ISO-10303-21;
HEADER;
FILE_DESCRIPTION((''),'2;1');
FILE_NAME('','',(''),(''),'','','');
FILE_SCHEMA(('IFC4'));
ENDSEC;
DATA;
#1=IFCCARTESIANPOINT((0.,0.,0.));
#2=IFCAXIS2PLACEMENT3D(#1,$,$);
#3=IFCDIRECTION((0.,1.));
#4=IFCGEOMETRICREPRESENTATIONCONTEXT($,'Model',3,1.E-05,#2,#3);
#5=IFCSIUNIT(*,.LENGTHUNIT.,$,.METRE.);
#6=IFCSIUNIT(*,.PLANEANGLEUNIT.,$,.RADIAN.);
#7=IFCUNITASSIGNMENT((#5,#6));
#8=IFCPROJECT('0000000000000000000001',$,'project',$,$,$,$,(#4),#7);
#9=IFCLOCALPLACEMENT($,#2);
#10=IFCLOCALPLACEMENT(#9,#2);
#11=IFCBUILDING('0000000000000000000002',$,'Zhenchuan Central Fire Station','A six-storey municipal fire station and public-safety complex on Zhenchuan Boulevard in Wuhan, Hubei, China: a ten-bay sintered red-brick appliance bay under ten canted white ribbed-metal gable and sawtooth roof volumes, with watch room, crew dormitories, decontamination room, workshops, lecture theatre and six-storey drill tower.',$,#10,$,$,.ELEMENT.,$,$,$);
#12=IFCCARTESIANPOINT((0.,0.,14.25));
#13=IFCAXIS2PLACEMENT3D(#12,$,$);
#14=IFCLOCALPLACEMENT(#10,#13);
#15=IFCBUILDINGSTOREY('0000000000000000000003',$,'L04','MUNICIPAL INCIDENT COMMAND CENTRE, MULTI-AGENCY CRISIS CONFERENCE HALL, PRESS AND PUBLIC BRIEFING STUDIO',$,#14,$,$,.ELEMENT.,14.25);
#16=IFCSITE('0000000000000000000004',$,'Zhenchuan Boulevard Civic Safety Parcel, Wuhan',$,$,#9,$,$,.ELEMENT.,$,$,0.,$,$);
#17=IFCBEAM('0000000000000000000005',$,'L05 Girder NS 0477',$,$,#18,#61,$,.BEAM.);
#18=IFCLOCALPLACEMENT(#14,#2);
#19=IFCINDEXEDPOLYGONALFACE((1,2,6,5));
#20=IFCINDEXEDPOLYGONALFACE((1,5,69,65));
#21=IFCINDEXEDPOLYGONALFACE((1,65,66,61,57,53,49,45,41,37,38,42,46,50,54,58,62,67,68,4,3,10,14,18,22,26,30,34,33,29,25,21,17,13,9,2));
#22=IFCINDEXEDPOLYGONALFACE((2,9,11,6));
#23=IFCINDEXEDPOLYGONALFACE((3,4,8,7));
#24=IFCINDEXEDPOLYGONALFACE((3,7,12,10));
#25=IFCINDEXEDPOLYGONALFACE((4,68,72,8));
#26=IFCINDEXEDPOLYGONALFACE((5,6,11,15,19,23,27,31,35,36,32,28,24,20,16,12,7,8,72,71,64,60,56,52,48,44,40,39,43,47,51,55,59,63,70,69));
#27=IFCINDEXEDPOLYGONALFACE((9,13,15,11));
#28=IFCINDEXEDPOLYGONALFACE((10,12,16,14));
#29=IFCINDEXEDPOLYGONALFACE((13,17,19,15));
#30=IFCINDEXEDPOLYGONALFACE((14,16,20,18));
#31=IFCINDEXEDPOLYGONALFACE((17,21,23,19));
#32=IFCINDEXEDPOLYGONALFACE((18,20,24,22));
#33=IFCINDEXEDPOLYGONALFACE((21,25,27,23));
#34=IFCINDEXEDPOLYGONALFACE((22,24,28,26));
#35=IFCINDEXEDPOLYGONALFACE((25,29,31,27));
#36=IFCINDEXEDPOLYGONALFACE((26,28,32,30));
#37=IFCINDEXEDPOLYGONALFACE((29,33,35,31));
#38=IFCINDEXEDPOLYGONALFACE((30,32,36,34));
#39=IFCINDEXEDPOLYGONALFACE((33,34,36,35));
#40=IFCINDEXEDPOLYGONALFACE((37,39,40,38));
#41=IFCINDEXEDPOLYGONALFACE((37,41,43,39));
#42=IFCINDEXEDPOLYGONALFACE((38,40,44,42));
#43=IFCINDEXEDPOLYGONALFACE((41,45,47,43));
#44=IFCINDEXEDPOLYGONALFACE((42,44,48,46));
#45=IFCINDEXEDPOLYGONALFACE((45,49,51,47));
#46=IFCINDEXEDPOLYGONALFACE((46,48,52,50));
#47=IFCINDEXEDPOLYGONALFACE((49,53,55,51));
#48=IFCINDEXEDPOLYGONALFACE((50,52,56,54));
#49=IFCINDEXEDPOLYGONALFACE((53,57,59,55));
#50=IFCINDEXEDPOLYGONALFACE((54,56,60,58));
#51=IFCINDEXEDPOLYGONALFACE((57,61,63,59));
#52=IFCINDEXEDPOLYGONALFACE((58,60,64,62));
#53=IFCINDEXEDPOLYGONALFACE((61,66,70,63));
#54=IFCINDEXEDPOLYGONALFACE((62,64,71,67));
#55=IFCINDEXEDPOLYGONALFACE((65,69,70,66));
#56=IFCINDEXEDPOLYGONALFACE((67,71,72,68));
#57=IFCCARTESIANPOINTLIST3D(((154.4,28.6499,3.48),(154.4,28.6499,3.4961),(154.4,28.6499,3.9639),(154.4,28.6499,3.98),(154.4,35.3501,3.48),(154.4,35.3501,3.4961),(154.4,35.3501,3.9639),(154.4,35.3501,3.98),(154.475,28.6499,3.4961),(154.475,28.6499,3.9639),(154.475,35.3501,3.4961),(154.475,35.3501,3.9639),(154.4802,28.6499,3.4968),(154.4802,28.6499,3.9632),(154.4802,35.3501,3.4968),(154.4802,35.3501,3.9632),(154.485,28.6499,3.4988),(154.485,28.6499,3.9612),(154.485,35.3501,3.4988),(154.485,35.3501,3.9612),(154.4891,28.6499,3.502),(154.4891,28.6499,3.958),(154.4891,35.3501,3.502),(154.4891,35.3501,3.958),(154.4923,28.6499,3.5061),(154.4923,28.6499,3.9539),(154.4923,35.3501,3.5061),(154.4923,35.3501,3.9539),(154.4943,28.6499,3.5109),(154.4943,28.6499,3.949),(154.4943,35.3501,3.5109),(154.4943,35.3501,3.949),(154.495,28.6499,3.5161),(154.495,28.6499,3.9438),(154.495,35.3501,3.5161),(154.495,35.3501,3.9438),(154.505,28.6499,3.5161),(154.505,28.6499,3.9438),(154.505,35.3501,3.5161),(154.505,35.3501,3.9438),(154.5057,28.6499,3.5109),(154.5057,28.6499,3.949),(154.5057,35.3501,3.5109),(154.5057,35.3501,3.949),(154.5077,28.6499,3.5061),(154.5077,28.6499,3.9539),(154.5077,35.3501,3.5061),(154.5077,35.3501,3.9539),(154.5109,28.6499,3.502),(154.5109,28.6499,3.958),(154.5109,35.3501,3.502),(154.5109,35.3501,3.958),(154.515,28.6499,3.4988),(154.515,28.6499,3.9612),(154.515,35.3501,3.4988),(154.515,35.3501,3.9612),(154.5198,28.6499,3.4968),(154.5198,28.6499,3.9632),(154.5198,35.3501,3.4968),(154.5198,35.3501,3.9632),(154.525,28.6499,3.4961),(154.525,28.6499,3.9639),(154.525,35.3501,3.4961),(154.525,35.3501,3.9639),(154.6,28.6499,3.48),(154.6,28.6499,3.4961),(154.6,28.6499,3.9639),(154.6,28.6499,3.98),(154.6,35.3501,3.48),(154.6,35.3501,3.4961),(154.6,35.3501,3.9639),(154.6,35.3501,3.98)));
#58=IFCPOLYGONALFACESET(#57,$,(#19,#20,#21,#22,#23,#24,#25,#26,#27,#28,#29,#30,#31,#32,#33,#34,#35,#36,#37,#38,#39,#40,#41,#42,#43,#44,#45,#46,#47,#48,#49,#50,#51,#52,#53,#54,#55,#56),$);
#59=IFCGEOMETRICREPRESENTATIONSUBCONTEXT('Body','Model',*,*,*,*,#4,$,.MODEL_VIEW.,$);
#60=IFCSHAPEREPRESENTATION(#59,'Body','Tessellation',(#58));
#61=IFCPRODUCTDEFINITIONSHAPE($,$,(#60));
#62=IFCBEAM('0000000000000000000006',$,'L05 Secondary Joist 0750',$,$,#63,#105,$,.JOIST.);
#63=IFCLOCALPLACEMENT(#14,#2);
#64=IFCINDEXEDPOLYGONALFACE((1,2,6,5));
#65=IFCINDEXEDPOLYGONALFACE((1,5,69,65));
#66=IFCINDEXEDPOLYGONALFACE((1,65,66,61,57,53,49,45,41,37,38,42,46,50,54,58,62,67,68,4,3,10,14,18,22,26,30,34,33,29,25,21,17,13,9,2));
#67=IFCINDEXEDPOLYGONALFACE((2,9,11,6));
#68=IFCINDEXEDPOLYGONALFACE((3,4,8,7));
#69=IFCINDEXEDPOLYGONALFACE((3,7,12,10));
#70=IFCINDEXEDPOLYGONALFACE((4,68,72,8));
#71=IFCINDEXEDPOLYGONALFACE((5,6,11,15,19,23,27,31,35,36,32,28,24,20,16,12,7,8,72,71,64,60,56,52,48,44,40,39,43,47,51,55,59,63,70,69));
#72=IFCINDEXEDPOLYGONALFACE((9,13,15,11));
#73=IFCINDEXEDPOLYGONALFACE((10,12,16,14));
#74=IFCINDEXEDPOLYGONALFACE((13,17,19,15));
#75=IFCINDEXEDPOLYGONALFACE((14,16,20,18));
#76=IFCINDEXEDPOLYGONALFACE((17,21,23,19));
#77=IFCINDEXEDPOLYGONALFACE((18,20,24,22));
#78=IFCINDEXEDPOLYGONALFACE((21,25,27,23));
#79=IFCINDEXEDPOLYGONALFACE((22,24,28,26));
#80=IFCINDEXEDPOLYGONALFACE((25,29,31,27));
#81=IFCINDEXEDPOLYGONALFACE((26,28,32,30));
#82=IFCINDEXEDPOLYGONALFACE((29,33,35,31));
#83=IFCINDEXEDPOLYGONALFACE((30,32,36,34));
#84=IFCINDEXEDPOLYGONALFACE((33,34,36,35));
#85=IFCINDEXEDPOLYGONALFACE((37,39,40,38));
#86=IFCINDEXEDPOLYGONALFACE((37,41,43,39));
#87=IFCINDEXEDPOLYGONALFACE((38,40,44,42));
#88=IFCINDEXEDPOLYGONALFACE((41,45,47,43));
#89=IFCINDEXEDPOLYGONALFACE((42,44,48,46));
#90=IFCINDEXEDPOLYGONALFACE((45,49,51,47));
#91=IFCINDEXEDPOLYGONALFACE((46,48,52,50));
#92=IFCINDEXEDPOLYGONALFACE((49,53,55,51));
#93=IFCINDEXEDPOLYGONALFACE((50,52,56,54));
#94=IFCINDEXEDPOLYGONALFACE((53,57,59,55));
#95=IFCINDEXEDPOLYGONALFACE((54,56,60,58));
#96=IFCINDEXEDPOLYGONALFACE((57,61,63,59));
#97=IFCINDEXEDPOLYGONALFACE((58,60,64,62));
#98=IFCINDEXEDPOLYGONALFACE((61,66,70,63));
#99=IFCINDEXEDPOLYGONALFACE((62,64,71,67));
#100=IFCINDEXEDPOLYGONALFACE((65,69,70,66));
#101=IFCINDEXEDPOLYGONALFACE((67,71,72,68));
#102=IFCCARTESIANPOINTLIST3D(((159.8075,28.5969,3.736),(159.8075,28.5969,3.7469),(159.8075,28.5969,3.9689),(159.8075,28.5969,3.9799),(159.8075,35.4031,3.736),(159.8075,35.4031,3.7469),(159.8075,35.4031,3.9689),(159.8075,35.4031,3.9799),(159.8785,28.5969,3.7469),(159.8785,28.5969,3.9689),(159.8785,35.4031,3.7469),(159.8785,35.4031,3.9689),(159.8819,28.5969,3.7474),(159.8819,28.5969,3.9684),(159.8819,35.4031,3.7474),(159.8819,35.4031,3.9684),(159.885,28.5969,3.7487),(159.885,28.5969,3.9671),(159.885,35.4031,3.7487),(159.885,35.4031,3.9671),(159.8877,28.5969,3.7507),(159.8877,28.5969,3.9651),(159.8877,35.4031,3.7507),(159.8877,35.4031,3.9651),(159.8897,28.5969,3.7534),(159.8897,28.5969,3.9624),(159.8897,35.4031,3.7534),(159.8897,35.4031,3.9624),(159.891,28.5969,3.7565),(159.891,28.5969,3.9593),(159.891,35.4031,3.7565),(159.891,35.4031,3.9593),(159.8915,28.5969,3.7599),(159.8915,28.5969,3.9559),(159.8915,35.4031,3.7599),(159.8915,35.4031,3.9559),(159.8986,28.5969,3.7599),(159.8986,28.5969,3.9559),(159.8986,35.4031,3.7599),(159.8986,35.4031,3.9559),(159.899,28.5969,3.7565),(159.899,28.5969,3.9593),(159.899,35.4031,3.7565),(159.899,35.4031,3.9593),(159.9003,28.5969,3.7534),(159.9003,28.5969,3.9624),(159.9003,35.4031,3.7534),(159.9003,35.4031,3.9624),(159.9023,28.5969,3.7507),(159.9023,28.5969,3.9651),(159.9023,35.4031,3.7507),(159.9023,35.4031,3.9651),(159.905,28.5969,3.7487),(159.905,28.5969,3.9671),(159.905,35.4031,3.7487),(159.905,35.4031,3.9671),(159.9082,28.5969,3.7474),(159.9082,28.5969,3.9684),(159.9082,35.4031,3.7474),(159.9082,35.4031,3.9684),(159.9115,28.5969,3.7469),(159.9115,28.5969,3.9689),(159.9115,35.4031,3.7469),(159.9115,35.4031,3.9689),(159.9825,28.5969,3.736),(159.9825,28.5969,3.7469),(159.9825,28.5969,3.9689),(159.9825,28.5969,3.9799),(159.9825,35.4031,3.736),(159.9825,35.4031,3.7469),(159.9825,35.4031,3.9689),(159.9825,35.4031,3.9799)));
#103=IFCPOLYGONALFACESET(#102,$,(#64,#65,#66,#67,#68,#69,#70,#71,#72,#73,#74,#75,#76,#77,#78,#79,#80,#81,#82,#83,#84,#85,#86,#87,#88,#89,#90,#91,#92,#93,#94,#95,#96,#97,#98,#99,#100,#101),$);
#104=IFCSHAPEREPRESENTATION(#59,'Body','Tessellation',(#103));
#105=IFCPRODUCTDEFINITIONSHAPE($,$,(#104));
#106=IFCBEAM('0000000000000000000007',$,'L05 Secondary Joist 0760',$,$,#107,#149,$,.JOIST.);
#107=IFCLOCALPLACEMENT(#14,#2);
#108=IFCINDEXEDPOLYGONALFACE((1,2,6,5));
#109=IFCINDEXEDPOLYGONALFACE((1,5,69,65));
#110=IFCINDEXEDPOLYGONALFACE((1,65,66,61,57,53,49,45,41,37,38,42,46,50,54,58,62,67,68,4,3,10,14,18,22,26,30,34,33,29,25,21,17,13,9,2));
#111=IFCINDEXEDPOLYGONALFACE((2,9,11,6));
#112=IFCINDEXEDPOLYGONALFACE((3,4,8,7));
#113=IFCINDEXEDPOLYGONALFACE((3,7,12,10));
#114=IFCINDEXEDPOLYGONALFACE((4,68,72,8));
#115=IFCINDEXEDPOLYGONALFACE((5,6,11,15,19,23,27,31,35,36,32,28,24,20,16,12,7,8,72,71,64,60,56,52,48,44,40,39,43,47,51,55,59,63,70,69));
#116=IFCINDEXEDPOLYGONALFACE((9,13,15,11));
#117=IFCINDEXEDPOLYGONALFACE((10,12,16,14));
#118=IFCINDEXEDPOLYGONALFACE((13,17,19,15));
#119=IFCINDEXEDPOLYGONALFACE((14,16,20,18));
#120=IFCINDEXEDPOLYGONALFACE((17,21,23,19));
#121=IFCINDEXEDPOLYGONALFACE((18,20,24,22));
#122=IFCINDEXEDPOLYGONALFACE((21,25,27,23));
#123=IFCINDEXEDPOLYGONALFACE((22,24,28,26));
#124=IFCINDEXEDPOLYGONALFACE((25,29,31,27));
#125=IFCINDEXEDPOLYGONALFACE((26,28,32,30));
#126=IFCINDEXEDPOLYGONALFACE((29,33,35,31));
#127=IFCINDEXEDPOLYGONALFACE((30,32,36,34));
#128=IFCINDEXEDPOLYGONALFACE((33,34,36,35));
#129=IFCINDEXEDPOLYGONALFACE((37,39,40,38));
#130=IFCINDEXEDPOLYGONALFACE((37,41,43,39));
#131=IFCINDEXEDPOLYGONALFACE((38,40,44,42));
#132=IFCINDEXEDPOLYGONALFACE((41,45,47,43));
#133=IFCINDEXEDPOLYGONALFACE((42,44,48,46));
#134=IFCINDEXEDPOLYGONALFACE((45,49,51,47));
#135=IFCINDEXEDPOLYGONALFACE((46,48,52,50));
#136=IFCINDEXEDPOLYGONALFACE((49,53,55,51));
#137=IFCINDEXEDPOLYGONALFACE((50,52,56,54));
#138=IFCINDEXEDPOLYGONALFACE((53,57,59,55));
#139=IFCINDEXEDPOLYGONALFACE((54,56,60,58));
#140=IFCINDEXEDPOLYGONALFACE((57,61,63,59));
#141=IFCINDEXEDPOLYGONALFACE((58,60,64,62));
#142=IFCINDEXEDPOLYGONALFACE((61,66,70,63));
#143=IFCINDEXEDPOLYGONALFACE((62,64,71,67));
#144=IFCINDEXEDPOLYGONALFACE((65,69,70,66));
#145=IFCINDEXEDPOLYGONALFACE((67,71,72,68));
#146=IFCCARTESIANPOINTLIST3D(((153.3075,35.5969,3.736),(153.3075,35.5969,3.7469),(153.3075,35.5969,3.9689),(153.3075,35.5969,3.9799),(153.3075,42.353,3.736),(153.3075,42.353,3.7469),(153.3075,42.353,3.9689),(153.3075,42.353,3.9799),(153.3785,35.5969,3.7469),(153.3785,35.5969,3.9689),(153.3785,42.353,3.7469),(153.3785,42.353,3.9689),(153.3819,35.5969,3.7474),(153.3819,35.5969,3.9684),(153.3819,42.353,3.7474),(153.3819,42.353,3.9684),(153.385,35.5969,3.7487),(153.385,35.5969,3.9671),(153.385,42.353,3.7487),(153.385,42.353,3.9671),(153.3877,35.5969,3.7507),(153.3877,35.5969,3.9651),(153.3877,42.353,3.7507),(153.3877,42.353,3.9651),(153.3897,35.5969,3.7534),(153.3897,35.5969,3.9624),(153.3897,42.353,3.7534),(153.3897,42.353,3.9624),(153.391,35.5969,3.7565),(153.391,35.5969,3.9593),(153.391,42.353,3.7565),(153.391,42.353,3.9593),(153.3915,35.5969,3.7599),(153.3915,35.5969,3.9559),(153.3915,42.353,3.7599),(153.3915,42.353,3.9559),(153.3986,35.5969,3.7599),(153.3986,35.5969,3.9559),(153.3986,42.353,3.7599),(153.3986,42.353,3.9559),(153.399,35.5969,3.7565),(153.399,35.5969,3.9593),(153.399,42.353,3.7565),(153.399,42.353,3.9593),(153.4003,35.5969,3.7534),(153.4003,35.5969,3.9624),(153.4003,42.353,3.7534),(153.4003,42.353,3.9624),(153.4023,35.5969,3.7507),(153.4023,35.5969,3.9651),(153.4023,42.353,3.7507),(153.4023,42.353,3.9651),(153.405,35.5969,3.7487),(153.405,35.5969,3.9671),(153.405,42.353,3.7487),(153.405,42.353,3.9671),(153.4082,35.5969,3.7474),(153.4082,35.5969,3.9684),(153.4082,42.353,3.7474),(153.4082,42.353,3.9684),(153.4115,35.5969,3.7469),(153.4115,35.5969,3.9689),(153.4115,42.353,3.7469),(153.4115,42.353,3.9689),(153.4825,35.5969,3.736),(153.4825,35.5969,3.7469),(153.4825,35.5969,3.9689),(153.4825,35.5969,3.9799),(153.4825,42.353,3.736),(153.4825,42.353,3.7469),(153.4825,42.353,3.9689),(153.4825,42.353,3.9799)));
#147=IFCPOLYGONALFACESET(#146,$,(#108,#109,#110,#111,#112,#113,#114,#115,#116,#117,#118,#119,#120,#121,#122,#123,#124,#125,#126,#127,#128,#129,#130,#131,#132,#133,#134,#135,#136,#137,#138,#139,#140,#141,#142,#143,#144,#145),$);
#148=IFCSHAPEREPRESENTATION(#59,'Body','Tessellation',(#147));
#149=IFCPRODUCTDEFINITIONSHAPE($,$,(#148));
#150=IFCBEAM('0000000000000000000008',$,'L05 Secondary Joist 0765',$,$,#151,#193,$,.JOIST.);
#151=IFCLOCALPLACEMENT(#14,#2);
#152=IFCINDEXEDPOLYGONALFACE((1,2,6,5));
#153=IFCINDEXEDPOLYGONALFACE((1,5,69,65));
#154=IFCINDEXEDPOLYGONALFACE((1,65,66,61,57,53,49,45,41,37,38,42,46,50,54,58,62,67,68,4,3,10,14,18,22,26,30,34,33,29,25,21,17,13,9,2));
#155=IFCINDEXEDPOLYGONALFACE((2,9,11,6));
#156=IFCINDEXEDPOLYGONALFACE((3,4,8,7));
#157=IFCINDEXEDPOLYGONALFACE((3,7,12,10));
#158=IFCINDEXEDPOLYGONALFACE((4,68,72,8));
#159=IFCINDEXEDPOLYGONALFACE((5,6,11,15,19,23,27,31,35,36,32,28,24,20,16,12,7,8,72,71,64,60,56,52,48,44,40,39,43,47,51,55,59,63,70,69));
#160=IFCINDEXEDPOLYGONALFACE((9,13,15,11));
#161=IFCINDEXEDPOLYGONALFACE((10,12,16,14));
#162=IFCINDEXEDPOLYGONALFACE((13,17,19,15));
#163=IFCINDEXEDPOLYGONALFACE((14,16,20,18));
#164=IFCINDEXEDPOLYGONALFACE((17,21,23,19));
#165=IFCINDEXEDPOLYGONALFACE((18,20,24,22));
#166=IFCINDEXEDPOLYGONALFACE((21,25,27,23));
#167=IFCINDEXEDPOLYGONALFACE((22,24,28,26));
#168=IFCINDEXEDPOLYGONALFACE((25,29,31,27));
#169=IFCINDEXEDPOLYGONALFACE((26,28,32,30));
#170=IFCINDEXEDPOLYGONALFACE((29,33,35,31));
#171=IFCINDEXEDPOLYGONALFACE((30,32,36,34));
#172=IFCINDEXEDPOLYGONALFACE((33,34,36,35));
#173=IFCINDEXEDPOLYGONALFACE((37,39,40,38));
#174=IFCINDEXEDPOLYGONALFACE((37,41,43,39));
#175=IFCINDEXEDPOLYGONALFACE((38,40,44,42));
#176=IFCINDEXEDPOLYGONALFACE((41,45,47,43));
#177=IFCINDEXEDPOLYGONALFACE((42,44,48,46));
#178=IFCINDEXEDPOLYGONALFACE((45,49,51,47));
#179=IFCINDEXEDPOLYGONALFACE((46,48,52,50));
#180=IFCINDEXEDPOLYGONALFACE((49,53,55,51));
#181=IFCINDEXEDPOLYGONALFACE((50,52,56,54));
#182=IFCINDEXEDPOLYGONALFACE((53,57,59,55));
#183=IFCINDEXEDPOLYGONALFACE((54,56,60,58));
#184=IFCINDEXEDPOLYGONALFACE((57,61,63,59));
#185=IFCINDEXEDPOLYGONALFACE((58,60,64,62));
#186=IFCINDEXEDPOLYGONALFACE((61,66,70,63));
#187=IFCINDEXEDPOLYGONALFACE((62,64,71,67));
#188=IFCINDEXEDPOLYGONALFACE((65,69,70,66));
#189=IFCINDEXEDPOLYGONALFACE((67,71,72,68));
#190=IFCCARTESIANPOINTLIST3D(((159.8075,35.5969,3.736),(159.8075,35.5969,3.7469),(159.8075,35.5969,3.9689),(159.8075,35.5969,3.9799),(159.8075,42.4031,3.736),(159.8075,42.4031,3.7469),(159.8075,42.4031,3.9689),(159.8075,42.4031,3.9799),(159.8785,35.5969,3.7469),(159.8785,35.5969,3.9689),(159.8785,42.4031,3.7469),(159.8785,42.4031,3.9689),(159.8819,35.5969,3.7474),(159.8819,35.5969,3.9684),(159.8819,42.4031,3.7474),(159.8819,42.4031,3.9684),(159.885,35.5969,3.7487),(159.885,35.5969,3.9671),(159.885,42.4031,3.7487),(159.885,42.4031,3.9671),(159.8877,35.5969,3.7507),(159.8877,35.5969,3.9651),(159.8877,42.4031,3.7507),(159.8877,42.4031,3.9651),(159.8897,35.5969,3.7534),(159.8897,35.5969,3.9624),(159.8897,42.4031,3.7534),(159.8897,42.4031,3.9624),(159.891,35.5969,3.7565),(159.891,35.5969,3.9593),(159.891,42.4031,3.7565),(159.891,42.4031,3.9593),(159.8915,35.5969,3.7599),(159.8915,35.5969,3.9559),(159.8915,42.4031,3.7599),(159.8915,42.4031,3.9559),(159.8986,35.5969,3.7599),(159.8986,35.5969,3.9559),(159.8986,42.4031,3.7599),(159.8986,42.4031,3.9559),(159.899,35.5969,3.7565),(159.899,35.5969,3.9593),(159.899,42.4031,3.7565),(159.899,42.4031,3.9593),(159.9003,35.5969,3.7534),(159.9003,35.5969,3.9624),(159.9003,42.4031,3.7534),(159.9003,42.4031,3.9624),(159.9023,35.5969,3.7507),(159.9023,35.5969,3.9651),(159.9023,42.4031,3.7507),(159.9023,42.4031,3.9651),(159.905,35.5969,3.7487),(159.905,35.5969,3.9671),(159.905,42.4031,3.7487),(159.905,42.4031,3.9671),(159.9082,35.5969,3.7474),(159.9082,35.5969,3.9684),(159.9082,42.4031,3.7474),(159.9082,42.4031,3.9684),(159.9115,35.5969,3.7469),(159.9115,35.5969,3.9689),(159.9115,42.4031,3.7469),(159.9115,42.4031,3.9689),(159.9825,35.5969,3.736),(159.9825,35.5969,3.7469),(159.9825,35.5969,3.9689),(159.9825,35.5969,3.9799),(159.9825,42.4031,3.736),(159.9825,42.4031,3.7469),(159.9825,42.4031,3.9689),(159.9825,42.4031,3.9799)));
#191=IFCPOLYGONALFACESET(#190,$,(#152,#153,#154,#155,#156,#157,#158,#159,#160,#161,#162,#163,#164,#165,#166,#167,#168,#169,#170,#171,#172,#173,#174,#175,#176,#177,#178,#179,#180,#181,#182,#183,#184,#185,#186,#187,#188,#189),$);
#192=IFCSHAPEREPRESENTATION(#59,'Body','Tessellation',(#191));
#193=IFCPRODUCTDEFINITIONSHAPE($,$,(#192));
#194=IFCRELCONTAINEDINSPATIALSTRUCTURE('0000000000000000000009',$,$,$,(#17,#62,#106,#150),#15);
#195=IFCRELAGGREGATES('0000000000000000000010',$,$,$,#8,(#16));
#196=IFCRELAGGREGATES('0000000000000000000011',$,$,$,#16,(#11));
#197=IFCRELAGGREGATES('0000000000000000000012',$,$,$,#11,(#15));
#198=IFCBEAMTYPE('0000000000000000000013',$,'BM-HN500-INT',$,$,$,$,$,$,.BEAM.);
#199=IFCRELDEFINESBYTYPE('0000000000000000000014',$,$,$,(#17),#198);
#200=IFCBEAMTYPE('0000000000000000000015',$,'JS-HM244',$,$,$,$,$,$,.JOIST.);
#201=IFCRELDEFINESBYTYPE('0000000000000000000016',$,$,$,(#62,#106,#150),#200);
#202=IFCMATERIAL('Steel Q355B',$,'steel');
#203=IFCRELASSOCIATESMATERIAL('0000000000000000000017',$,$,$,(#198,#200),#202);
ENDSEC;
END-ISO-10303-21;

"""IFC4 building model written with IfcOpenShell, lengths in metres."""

from ifc_helpers import new_model, si_unit, direction, frame, origin, origin_2d, place, context, subcontext, project, spatial, i_section, extrude, material, material_profile, profile_set, type_object, element, save


model = new_model("IFC4")

# Units and contexts
model_context = context("Model", 3, precision=1e-05, world=origin(), true_north=direction((0.0, 1.0)))
body_context = subcontext(model_context, "Body", "Model", "MODEL_VIEW")
ifc_project = project(units=[si_unit("LENGTHUNIT", "METRE"), si_unit("PLANEANGLEUNIT", "RADIAN")], contexts=[model_context])

# Site, building, storey
site_placement = place(None, origin())
site = spatial("IfcSite", under=ifc_project, at=site_placement, Name="Zhenchuan Boulevard Civic Safety Parcel, Wuhan", CompositionType="ELEMENT", RefElevation=0.0)
building_placement = place(site_placement, origin())
building = spatial("IfcBuilding", under=site, at=building_placement, Name="Zhenchuan Central Fire Station", Description="A six-storey municipal fire station and public-safety complex on Zhenchuan Boulevard in Wuhan, Hubei, China: a ten-bay sintered red-brick appliance bay under ten canted white ribbed-metal gable and sawtooth roof volumes, with watch room, crew dormitories, decontamination room, workshops, lecture theatre and six-storey drill tower.", CompositionType="ELEMENT")
storey_placement = place(building_placement, frame((0.0, 0.0, 14.25)))
storey = spatial("IfcBuildingStorey", under=building, at=storey_placement, Name="L04", Description="MUNICIPAL INCIDENT COMMAND CENTRE, MULTI-AGENCY CRISIS CONFERENCE HALL, PRESS AND PUBLIC BRIEFING STUDIO", CompositionType="ELEMENT", Elevation=14.25)

# Shared definitions
ifc_material_1 = material(Name="Steel Q355B", Category="steel")

# Beams
ifc_material_profile_1 = material_profile(ifc_material_1, i_section(OverallWidth=0.2, OverallDepth=0.5, WebThickness=0.01, FlangeThickness=0.0161, FilletRadius=0.02, at=origin_2d()), Name="HN 500x200")
ifc_profile_set_1 = profile_set([ifc_material_profile_1], Name="Steel Q355B")
beam_type_1 = type_object("IfcBeamType", Name="BM-HN500-INT", PredefinedType="BEAM", material=ifc_profile_set_1)
beam_1_placement = place(storey_placement, frame((154.5, 28.6499, 3.73), z_axis=(0.0, 1.0, 0.0), x_axis=(-1.0, 0.0, 0.0)))
element("IfcBeam", 1, at=beam_1_placement, inside=storey, type_object=beam_type_1, Name="L05 Girder NS 0477", PredefinedType="BEAM", context=body_context, shape_type="SweptSolid", body=[
    extrude(i_section(OverallWidth=0.2, OverallDepth=0.5, WebThickness=0.01, FlangeThickness=0.0161, FilletRadius=0.02, at=origin_2d()), origin(), (0.0, 0.0, 1.0), 6.7002),
])
ifc_material_profile_2 = material_profile(ifc_material_1, i_section(OverallWidth=0.175, OverallDepth=0.2439, WebThickness=0.0071, FlangeThickness=0.011, FilletRadius=0.0129, at=origin_2d()), Name="HM 244x175")
ifc_profile_set_2 = profile_set([ifc_material_profile_2], Name="Steel Q355B")
beam_type_2 = type_object("IfcBeamType", Name="JS-HM244", PredefinedType="JOIST", material=ifc_profile_set_2)
beam_2_placement = place(storey_placement, frame((159.895, 28.5969, 3.8579), z_axis=(0.0, 1.0, 0.0), x_axis=(-1.0, 0.0, 0.0)))
element("IfcBeam", 2, at=beam_2_placement, inside=storey, type_object=beam_type_2, Name="L05 Secondary Joist 0750", PredefinedType="JOIST", context=body_context, shape_type="SweptSolid", body=[
    extrude(i_section(OverallWidth=0.175, OverallDepth=0.2439, WebThickness=0.0071, FlangeThickness=0.011, FilletRadius=0.0129, at=origin_2d()), origin(), (0.0, 0.0, 1.0), 6.8062),
])
beam_3_placement = place(storey_placement, frame((153.395, 35.5969, 3.8579), z_axis=(0.0, 1.0, 0.0), x_axis=(-1.0, 0.0, 0.0)))
element("IfcBeam", 3, at=beam_3_placement, inside=storey, type_object=beam_type_2, Name="L05 Secondary Joist 0760", PredefinedType="JOIST", context=body_context, shape_type="SweptSolid", body=[
    extrude(i_section(OverallWidth=0.175, OverallDepth=0.2439, WebThickness=0.0071, FlangeThickness=0.011, FilletRadius=0.0129, at=origin_2d()), origin(), (0.0, 0.0, 1.0), 6.7561),
])
beam_4_placement = place(storey_placement, frame((159.895, 35.5969, 3.8579), z_axis=(0.0, 1.0, 0.0), x_axis=(-1.0, 0.0, 0.0)))
element("IfcBeam", 4, at=beam_4_placement, inside=storey, type_object=beam_type_2, Name="L05 Secondary Joist 0765", PredefinedType="JOIST", context=body_context, shape_type="SweptSolid", body=[
    extrude(i_section(OverallWidth=0.175, OverallDepth=0.2439, WebThickness=0.0071, FlangeThickness=0.011, FilletRadius=0.0129, at=origin_2d()), origin(), (0.0, 0.0, 1.0), 6.8062),
])

save(model, "model.ifc")
